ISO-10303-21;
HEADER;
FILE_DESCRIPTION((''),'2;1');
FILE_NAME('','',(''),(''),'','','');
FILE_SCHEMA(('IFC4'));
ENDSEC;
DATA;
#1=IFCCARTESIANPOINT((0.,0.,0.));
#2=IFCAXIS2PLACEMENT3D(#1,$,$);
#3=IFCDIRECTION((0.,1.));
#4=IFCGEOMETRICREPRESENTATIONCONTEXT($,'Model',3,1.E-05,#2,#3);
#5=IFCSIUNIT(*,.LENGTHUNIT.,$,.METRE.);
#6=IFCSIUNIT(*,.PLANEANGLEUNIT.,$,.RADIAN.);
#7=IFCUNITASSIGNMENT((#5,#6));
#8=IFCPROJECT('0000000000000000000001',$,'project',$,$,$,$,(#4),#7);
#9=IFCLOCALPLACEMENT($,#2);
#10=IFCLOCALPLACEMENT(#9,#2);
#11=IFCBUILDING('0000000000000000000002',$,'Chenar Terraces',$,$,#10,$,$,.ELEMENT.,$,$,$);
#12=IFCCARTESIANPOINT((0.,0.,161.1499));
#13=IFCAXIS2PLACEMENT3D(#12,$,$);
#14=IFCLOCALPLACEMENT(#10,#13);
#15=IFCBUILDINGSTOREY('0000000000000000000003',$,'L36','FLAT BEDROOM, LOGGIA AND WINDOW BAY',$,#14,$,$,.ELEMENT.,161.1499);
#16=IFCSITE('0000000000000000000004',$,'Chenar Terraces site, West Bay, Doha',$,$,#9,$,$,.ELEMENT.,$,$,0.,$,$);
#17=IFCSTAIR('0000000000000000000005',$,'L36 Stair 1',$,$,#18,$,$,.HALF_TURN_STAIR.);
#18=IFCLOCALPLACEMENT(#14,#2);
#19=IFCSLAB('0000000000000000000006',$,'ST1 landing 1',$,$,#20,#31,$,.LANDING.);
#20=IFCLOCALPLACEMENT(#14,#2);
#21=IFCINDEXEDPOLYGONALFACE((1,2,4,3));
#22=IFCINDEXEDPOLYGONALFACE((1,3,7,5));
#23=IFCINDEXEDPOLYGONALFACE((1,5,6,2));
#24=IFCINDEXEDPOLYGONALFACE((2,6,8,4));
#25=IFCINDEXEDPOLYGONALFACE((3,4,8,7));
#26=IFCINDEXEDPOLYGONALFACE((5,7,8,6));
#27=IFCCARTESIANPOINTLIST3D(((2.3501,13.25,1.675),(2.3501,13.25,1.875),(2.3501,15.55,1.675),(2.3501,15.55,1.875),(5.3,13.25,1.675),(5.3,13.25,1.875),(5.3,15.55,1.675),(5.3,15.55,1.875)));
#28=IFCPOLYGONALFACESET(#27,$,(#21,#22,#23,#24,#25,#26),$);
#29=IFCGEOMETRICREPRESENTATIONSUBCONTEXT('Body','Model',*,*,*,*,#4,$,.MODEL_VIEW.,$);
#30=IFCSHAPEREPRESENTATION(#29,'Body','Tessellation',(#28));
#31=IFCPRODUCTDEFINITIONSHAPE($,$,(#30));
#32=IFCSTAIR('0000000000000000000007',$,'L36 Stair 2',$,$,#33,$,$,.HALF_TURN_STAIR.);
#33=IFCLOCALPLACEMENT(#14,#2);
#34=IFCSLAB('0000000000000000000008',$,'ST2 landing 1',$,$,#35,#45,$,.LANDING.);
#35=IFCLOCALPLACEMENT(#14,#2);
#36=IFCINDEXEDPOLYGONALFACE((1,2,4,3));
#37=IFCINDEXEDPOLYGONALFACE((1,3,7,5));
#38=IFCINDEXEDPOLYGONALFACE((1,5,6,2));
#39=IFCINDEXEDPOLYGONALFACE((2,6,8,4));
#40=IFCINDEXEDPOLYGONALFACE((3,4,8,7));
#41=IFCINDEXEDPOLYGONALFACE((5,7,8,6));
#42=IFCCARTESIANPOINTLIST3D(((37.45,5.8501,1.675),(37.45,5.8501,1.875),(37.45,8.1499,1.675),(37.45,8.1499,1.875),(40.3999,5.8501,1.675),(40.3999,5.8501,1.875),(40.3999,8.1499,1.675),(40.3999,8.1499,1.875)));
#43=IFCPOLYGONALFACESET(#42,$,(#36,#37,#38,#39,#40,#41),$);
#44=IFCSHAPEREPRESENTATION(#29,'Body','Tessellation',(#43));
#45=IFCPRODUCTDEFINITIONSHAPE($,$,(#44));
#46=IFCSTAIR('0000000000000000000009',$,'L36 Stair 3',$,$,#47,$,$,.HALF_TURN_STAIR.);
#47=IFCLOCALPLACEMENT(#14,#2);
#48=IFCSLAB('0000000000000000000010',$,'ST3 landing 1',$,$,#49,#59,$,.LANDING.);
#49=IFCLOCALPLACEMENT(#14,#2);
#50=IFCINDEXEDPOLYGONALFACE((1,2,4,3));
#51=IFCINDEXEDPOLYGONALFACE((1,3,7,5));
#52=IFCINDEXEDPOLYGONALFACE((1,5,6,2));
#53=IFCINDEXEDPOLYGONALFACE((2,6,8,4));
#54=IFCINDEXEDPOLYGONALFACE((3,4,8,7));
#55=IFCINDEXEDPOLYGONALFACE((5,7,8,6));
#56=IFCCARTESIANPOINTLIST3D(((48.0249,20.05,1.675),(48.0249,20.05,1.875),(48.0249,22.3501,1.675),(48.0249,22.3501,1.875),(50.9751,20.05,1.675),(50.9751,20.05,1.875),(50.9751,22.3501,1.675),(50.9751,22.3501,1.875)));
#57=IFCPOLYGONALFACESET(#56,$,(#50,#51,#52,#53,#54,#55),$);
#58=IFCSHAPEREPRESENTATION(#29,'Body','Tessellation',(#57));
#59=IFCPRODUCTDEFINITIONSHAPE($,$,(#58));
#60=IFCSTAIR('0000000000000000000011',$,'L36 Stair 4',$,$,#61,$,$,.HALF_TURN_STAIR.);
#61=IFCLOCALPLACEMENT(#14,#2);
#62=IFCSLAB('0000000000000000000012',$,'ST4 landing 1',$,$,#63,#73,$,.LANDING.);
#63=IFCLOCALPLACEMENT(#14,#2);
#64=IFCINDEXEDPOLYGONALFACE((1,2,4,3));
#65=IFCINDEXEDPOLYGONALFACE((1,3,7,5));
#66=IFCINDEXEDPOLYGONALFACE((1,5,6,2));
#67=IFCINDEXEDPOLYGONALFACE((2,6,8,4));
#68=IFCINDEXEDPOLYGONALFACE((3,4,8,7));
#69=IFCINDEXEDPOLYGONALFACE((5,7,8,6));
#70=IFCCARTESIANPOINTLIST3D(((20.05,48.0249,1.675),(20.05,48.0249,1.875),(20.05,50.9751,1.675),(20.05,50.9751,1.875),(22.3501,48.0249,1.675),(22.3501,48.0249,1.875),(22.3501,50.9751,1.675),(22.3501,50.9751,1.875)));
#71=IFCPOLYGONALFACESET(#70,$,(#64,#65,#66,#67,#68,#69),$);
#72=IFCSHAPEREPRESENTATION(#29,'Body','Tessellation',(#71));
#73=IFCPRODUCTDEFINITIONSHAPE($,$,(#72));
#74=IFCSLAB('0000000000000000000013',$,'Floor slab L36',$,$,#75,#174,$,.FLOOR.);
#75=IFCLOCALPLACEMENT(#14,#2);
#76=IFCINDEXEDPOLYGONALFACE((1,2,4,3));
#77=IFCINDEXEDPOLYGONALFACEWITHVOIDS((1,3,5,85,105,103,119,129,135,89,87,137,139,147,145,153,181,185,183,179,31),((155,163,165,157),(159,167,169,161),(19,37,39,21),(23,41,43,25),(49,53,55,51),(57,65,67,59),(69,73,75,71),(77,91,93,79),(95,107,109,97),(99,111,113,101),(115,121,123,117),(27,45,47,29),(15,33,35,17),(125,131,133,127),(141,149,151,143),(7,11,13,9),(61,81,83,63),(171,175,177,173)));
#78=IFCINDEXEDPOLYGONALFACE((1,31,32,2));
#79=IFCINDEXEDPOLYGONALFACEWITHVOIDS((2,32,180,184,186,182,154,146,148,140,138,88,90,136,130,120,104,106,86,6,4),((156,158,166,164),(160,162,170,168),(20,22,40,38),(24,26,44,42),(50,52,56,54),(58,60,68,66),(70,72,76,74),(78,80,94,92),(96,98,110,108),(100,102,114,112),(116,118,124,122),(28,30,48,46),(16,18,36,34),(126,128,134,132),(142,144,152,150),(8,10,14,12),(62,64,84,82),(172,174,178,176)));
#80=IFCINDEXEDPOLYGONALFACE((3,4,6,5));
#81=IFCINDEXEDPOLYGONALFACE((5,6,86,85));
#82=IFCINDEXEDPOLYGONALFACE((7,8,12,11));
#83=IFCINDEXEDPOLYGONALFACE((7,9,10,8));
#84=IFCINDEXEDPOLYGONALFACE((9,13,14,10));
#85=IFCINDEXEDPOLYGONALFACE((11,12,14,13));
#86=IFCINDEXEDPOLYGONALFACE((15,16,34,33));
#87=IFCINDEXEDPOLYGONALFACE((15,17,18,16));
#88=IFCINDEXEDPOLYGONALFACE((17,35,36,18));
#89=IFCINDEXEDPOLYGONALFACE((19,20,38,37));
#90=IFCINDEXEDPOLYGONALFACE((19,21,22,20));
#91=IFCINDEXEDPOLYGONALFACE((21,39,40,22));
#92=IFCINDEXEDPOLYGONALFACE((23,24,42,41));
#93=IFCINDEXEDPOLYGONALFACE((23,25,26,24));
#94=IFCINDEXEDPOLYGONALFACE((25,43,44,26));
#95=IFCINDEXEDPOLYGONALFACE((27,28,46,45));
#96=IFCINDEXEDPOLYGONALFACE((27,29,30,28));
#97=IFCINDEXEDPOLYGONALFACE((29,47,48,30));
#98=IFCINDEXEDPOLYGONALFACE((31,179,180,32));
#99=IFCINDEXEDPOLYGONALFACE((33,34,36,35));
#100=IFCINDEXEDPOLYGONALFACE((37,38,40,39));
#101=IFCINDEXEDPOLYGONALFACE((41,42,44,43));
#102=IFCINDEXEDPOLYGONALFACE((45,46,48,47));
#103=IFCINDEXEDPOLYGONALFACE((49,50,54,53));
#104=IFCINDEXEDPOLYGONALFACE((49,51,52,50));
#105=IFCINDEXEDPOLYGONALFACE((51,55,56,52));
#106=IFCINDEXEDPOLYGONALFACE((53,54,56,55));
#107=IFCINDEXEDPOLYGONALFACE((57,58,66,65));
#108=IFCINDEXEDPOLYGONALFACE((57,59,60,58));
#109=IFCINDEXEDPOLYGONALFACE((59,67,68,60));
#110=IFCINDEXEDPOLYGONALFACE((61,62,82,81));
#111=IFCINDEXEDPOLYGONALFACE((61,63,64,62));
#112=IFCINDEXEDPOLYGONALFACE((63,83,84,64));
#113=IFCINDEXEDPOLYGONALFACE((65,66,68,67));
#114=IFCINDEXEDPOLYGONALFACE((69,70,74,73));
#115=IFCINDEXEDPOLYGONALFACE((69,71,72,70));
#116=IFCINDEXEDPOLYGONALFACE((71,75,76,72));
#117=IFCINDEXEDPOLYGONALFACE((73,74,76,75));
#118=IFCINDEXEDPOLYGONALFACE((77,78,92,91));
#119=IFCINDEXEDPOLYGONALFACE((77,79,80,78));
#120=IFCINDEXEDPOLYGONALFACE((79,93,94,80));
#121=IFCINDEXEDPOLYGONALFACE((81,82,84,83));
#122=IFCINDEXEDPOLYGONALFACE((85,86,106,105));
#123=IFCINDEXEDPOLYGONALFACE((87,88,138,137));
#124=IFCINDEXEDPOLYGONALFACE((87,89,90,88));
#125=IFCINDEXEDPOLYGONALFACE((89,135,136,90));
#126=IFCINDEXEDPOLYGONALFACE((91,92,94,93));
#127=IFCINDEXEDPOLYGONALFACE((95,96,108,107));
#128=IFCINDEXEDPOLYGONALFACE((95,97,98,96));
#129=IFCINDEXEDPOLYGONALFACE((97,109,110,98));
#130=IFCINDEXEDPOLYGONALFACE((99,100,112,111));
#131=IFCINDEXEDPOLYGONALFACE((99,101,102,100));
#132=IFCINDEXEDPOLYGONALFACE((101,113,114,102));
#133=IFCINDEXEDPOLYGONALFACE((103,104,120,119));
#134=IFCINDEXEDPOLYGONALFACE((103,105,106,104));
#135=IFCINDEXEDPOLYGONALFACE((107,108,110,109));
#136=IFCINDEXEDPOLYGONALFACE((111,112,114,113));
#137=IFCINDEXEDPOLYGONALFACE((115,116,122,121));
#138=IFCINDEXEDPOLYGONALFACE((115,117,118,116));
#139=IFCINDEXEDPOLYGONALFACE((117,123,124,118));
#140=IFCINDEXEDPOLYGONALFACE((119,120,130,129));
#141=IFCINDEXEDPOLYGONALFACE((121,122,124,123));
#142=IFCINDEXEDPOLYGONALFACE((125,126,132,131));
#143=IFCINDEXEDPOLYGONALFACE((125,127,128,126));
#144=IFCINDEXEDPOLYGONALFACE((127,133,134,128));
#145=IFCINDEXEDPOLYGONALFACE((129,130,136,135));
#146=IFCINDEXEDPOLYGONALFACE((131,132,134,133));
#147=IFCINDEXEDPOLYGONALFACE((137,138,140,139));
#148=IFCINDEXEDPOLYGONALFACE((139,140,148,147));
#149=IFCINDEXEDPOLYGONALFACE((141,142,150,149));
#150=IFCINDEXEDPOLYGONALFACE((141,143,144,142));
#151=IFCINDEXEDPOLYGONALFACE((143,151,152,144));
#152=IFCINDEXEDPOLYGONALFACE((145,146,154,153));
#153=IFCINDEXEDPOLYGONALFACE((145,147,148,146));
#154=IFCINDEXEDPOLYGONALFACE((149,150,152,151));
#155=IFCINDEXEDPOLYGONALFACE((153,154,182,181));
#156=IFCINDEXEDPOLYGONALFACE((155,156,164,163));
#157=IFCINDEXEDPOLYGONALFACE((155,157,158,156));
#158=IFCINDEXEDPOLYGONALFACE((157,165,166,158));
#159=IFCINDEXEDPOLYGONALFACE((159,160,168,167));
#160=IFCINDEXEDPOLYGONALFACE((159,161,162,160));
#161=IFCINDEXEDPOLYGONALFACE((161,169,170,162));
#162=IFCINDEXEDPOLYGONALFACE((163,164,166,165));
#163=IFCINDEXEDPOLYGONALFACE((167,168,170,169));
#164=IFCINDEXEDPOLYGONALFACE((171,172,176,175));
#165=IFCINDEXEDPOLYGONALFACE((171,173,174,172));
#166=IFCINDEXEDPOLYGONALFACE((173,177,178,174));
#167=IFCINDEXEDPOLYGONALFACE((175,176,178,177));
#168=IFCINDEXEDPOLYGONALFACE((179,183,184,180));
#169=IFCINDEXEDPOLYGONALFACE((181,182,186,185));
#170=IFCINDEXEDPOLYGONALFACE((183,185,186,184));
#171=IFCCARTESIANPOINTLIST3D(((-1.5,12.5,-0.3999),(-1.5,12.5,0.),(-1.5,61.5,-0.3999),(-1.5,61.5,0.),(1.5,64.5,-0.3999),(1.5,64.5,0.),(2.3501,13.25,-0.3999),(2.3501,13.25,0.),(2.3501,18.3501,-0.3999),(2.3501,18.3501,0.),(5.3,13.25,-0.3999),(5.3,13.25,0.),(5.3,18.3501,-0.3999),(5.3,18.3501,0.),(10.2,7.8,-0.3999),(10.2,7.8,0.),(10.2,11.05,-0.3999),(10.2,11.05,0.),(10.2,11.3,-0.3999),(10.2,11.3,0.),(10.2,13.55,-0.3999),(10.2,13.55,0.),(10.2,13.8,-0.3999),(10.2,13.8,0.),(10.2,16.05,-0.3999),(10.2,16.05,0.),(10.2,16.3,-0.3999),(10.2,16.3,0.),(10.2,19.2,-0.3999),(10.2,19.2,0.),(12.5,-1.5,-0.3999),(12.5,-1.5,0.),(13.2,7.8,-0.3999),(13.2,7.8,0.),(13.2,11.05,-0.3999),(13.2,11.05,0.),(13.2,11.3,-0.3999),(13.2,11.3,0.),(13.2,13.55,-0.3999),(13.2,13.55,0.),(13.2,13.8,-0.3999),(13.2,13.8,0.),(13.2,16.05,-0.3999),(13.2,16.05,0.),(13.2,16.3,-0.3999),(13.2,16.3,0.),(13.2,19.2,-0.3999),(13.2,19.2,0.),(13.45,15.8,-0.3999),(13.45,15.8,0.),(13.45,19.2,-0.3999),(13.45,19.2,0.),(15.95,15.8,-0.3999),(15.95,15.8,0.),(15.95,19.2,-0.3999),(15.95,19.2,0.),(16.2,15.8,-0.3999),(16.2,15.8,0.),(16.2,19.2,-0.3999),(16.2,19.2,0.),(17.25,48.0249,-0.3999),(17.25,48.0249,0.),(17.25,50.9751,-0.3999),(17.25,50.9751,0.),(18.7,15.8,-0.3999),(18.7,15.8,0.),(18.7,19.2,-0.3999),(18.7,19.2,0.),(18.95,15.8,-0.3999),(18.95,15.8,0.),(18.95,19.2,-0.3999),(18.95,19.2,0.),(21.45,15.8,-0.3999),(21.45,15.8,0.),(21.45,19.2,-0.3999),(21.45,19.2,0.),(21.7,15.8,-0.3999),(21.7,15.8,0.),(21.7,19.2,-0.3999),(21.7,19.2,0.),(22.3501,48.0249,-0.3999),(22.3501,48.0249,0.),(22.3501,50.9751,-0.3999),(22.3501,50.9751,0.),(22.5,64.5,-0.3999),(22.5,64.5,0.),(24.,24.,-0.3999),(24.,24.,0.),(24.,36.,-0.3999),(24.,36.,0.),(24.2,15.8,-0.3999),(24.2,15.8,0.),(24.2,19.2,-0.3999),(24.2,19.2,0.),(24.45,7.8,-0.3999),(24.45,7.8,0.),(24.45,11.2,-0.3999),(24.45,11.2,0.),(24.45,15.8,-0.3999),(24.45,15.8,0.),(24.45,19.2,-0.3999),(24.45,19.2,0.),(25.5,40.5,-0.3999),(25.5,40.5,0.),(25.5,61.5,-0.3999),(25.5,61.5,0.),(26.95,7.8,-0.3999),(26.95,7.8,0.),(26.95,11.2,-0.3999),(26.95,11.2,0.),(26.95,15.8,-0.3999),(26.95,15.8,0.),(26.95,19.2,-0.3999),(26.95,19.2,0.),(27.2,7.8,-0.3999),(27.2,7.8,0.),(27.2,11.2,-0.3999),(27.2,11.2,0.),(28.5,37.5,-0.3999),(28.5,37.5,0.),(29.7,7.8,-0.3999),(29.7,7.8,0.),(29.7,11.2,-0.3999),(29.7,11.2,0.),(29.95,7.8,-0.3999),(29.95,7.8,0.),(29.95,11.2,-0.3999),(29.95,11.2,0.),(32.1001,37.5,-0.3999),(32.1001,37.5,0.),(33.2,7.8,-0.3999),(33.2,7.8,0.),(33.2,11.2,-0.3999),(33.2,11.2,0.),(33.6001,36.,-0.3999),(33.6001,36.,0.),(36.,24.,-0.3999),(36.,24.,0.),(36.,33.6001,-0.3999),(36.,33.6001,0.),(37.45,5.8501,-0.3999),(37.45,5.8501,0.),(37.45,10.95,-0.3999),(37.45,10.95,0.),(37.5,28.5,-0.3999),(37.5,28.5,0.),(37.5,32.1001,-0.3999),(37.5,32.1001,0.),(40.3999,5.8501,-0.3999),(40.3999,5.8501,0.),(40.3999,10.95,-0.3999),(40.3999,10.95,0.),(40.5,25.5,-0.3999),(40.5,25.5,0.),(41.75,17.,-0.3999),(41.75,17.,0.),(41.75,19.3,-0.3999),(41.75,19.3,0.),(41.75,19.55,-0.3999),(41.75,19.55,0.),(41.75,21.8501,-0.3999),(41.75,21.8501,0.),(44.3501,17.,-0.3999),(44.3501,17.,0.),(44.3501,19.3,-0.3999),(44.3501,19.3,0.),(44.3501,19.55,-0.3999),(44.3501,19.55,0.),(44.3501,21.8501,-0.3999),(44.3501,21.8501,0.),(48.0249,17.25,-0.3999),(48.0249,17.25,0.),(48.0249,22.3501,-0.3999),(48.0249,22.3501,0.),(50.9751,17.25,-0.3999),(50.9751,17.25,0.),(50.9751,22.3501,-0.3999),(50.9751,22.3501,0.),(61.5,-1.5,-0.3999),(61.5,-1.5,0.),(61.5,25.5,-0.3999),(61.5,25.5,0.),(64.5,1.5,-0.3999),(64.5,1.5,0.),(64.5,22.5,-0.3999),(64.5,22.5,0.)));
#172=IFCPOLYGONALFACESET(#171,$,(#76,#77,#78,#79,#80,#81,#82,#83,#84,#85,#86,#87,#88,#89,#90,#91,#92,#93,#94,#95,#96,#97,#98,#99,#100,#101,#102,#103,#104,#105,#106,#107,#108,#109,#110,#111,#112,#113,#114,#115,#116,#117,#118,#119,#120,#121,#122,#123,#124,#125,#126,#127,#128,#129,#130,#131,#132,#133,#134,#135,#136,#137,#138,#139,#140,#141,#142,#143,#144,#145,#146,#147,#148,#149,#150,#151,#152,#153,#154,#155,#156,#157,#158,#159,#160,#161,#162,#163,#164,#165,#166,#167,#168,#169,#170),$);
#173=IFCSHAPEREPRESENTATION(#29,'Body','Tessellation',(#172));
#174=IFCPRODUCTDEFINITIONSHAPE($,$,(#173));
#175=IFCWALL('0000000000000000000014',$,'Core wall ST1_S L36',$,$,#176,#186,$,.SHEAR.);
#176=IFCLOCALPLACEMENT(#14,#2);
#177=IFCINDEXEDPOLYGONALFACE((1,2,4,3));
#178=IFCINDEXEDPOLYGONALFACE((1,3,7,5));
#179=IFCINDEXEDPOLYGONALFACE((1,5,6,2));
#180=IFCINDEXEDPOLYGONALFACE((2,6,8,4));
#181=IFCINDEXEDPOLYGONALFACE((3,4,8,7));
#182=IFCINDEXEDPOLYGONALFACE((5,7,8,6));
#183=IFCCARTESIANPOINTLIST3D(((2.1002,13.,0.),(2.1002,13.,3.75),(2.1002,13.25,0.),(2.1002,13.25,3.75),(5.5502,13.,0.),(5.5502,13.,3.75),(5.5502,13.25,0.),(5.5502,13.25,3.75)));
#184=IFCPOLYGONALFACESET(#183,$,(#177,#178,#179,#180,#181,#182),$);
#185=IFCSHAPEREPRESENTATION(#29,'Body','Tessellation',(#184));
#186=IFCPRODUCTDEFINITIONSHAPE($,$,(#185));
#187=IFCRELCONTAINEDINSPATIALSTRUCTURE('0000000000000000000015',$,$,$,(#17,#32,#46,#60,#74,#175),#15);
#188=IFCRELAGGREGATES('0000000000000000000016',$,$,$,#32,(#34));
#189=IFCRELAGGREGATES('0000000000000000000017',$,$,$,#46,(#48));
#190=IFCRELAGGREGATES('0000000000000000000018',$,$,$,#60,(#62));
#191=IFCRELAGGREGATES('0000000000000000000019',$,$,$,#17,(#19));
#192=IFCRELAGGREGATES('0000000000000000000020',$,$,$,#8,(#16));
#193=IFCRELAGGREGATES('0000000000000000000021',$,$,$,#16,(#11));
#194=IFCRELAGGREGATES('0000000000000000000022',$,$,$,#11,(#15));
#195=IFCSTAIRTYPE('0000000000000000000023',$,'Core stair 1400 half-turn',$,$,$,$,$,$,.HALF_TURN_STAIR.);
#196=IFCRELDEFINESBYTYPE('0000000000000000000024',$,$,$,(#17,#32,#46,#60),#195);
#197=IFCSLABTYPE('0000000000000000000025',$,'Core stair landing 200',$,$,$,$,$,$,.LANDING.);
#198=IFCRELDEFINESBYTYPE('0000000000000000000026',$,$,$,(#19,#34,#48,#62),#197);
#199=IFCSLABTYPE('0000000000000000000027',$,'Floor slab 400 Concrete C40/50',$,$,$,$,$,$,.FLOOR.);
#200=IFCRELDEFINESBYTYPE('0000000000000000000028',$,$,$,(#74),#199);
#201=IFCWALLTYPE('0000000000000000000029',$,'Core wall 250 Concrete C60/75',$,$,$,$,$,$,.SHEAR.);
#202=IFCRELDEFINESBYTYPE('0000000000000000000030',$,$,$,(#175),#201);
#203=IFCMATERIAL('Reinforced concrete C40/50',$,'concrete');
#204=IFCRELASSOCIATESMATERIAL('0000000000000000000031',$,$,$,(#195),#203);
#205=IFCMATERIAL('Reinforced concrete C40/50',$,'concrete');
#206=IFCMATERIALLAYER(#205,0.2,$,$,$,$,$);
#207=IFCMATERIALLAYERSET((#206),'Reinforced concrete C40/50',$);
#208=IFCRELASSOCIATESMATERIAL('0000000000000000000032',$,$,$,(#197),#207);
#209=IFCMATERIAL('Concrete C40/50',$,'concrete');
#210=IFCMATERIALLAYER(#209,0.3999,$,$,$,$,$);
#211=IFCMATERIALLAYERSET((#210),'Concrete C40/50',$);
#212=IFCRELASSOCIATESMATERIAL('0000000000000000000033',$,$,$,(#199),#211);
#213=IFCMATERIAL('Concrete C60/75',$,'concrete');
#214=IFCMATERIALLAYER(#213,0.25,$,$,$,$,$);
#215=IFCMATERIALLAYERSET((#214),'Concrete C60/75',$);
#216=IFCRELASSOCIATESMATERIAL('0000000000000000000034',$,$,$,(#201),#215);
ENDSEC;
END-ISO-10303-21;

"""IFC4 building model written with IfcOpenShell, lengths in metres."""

from ifc_helpers import new_model, si_unit, direction, frame, frame_2d, origin, place, context, subcontext, project, spatial, polyline, rectangle, outline, extrude, material, layer, layer_set, type_object, element, aggregate, save


model = new_model("IFC4")

# Units and contexts
model_context = context("Model", 3, precision=1e-05, world=origin(), true_north=direction((0.0, 1.0)))
body_context = subcontext(model_context, "Body", "Model", "MODEL_VIEW")
ifc_project = project(units=[si_unit("LENGTHUNIT", "METRE"), si_unit("PLANEANGLEUNIT", "RADIAN")], contexts=[model_context])

# Site, building, storey
site_placement = place(None, origin())
site = spatial("IfcSite", under=ifc_project, at=site_placement, Name="Chenar Terraces site, West Bay, Doha", CompositionType="ELEMENT", RefElevation=0.0)
building_placement = place(site_placement, origin())
building = spatial("IfcBuilding", under=site, at=building_placement, Name="Chenar Terraces", CompositionType="ELEMENT")
storey_placement = place(building_placement, frame((0.0, 0.0, 161.1499)))
storey = spatial("IfcBuildingStorey", under=building, at=storey_placement, Name="L36", Description="FLAT BEDROOM, LOGGIA AND WINDOW BAY", CompositionType="ELEMENT", Elevation=161.1499)

# Stairs, slabs
ifc_material_1 = material(Name="Reinforced concrete C40/50", Category="concrete")
stair_type = type_object("IfcStairType", Name="Core stair 1400 half-turn", PredefinedType="HALF_TURN_STAIR", material=ifc_material_1)
placement_1 = place(storey_placement, origin())
stair_1 = element("IfcStair", 1, at=placement_1, inside=storey, type_object=stair_type, Name="L36 Stair 1", PredefinedType="HALF_TURN_STAIR")
ifc_material_2 = material(Name="Reinforced concrete C40/50", Category="concrete")
ifc_layer_1 = layer(ifc_material_2, 0.2)
ifc_layer_set_1 = layer_set([ifc_layer_1], Name="Reinforced concrete C40/50")
slab_type_1 = type_object("IfcSlabType", Name="Core stair landing 200", PredefinedType="LANDING", material=ifc_layer_set_1)
placement_2 = place(storey_placement, frame((0.0, 0.0, 1.675)))
slab_1 = element("IfcSlab", 2, at=placement_2, type_object=slab_type_1, Name="ST1 landing 1", PredefinedType="LANDING", context=body_context, shape_type="SweptSolid", body=[
    extrude(outline(polyline([(2.3501, 15.55), (2.3501, 13.25), (5.3, 13.25), (5.3, 15.55), (2.3501, 15.55)])), origin(), (0.0, 0.0, 1.0), 0.2),
])
stair_2 = element("IfcStair", 3, at=placement_1, inside=storey, type_object=stair_type, Name="L36 Stair 2", PredefinedType="HALF_TURN_STAIR")
slab_2 = element("IfcSlab", 4, at=placement_2, type_object=slab_type_1, Name="ST2 landing 1", PredefinedType="LANDING", context=body_context, shape_type="SweptSolid", body=[
    extrude(outline(polyline([(37.45, 8.1499), (37.45, 5.8501), (40.3999, 5.8501), (40.3999, 8.1499), (37.45, 8.1499)])), origin(), (0.0, 0.0, 1.0), 0.2),
])
aggregate(stair_2, [slab_2])
stair_3 = element("IfcStair", 5, at=placement_1, inside=storey, type_object=stair_type, Name="L36 Stair 3", PredefinedType="HALF_TURN_STAIR")
slab_3 = element("IfcSlab", 6, at=placement_2, type_object=slab_type_1, Name="ST3 landing 1", PredefinedType="LANDING", context=body_context, shape_type="SweptSolid", body=[
    extrude(outline(polyline([(50.9751, 20.05), (50.9751, 22.3501), (48.0249, 22.3501), (48.0249, 20.05), (50.9751, 20.05)])), origin(), (0.0, 0.0, 1.0), 0.2),
])
aggregate(stair_3, [slab_3])
stair_4 = element("IfcStair", 7, at=placement_1, inside=storey, type_object=stair_type, Name="L36 Stair 4", PredefinedType="HALF_TURN_STAIR")
slab_4 = element("IfcSlab", 8, at=placement_2, type_object=slab_type_1, Name="ST4 landing 1", PredefinedType="LANDING", context=body_context, shape_type="SweptSolid", body=[
    extrude(outline(polyline([(20.05, 48.0249), (22.3501, 48.0249), (22.3501, 50.9751), (20.05, 50.9751), (20.05, 48.0249)])), origin(), (0.0, 0.0, 1.0), 0.2),
])
aggregate(stair_4, [slab_4])

# Slab
ifc_material_3 = material(Name="Concrete C40/50", Category="concrete")
ifc_layer_2 = layer(ifc_material_3, 0.3999)
ifc_layer_set_2 = layer_set([ifc_layer_2], Name="Concrete C40/50")
slab_type_2 = type_object("IfcSlabType", Name="Floor slab 400 Concrete C40/50", PredefinedType="FLOOR", material=ifc_layer_set_2)
slab_5_placement = place(storey_placement, frame((0.0, 0.0, -0.3999)))
element("IfcSlab", 9, at=slab_5_placement, inside=storey, type_object=slab_type_2, Name="Floor slab L36", PredefinedType="FLOOR", context=body_context, shape_type="SweptSolid", body=[
    extrude(outline(polyline([(64.5, 22.5), (64.5, 1.5), (61.5, -1.5), (12.5, -1.5), (-1.5, 12.5), (-1.5, 61.5), (1.5, 64.5), (22.5, 64.5), (25.5, 61.5), (25.5, 40.5), (28.5, 37.5), (32.1001, 37.5), (33.6001, 36.0), (24.0, 36.0), (24.0, 24.0), (36.0, 24.0), (36.0, 33.6001), (37.5, 32.1001), (37.5, 28.5), (40.5, 25.5), (61.5, 25.5), (64.5, 22.5)]), holes=[polyline([(13.2, 11.05), (10.2, 11.05), (10.2, 7.8), (13.2, 7.8), (13.2, 11.05)]), polyline([(13.2, 13.55), (10.2, 13.55), (10.2, 11.3), (13.2, 11.3), (13.2, 13.55)]), polyline([(13.2, 16.05), (10.2, 16.05), (10.2, 13.8), (13.2, 13.8), (13.2, 16.05)]), polyline([(2.3501, 13.25), (5.3, 13.25), (5.3, 18.3501), (2.3501, 18.3501), (2.3501, 13.25)]), polyline([(15.95, 19.2), (13.45, 19.2), (13.45, 15.8), (15.95, 15.8), (15.95, 19.2)]), polyline([(18.7, 19.2), (16.2, 19.2), (16.2, 15.8), (18.7, 15.8), (18.7, 19.2)]), polyline([(21.45, 19.2), (18.95, 19.2), (18.95, 15.8), (21.45, 15.8), (21.45, 19.2)]), polyline([(24.2, 15.8), (24.2, 19.2), (21.7, 19.2), (21.7, 15.8), (24.2, 15.8)]), polyline([(13.2, 16.3), (13.2, 19.2), (10.2, 19.2), (10.2, 16.3), (13.2, 16.3)]), polyline([(22.3501, 48.0249), (22.3501, 50.9751), (17.25, 50.9751), (17.25, 48.0249), (22.3501, 48.0249)]), polyline([(37.45, 5.8501), (40.3999, 5.8501), (40.3999, 10.95), (37.45, 10.95), (37.45, 5.8501)]), polyline([(26.95, 11.2), (24.45, 11.2), (24.45, 7.8), (26.95, 7.8), (26.95, 11.2)]), polyline([(29.7, 7.8), (29.7, 11.2), (27.2, 11.2), (27.2, 7.8), (29.7, 7.8)]), polyline([(33.2, 7.8), (33.2, 11.2), (29.95, 11.2), (29.95, 7.8), (33.2, 7.8)]), polyline([(26.95, 19.2), (24.45, 19.2), (24.45, 15.8), (26.95, 15.8), (26.95, 19.2)]), polyline([(44.3501, 19.3), (41.75, 19.3), (41.75, 17.0), (44.3501, 17.0), (44.3501, 19.3)]), polyline([(50.9751, 22.3501), (48.0249, 22.3501), (48.0249, 17.25), (50.9751, 17.25), (50.9751, 22.3501)]), polyline([(44.3501, 19.55), (44.3501, 21.8501), (41.75, 21.8501), (41.75, 19.55), (44.3501, 19.55)])]), origin(), (0.0, 0.0, 1.0), 0.3999),
])

# Wall
ifc_material_4 = material(Name="Concrete C60/75", Category="concrete")
ifc_layer_3 = layer(ifc_material_4, 0.25)
ifc_layer_set_3 = layer_set([ifc_layer_3], Name="Concrete C60/75")
wall_type_1 = type_object("IfcWallType", Name="Core wall 250 Concrete C60/75", PredefinedType="SHEAR", material=ifc_layer_set_3)
wall_1_placement = place(storey_placement, frame((2.1001, 13.125, 0.0), z_axis=(0.0, 0.0, 1.0), x_axis=(1.0, 0.0, 0.0)))
element("IfcWall", 10, at=wall_1_placement, inside=storey, type_object=wall_type_1, Name="Core wall ST1_S L36", PredefinedType="SHEAR", context=body_context, shape_type="SweptSolid", body=[
    extrude(rectangle(XDim=3.45, YDim=0.25, at=frame_2d((1.7251, 0.0))), origin(), (0.0, 0.0, 1.0), 3.75),
])

aggregate(stair_1, [slab_1])

save(model, "model.ifc")
